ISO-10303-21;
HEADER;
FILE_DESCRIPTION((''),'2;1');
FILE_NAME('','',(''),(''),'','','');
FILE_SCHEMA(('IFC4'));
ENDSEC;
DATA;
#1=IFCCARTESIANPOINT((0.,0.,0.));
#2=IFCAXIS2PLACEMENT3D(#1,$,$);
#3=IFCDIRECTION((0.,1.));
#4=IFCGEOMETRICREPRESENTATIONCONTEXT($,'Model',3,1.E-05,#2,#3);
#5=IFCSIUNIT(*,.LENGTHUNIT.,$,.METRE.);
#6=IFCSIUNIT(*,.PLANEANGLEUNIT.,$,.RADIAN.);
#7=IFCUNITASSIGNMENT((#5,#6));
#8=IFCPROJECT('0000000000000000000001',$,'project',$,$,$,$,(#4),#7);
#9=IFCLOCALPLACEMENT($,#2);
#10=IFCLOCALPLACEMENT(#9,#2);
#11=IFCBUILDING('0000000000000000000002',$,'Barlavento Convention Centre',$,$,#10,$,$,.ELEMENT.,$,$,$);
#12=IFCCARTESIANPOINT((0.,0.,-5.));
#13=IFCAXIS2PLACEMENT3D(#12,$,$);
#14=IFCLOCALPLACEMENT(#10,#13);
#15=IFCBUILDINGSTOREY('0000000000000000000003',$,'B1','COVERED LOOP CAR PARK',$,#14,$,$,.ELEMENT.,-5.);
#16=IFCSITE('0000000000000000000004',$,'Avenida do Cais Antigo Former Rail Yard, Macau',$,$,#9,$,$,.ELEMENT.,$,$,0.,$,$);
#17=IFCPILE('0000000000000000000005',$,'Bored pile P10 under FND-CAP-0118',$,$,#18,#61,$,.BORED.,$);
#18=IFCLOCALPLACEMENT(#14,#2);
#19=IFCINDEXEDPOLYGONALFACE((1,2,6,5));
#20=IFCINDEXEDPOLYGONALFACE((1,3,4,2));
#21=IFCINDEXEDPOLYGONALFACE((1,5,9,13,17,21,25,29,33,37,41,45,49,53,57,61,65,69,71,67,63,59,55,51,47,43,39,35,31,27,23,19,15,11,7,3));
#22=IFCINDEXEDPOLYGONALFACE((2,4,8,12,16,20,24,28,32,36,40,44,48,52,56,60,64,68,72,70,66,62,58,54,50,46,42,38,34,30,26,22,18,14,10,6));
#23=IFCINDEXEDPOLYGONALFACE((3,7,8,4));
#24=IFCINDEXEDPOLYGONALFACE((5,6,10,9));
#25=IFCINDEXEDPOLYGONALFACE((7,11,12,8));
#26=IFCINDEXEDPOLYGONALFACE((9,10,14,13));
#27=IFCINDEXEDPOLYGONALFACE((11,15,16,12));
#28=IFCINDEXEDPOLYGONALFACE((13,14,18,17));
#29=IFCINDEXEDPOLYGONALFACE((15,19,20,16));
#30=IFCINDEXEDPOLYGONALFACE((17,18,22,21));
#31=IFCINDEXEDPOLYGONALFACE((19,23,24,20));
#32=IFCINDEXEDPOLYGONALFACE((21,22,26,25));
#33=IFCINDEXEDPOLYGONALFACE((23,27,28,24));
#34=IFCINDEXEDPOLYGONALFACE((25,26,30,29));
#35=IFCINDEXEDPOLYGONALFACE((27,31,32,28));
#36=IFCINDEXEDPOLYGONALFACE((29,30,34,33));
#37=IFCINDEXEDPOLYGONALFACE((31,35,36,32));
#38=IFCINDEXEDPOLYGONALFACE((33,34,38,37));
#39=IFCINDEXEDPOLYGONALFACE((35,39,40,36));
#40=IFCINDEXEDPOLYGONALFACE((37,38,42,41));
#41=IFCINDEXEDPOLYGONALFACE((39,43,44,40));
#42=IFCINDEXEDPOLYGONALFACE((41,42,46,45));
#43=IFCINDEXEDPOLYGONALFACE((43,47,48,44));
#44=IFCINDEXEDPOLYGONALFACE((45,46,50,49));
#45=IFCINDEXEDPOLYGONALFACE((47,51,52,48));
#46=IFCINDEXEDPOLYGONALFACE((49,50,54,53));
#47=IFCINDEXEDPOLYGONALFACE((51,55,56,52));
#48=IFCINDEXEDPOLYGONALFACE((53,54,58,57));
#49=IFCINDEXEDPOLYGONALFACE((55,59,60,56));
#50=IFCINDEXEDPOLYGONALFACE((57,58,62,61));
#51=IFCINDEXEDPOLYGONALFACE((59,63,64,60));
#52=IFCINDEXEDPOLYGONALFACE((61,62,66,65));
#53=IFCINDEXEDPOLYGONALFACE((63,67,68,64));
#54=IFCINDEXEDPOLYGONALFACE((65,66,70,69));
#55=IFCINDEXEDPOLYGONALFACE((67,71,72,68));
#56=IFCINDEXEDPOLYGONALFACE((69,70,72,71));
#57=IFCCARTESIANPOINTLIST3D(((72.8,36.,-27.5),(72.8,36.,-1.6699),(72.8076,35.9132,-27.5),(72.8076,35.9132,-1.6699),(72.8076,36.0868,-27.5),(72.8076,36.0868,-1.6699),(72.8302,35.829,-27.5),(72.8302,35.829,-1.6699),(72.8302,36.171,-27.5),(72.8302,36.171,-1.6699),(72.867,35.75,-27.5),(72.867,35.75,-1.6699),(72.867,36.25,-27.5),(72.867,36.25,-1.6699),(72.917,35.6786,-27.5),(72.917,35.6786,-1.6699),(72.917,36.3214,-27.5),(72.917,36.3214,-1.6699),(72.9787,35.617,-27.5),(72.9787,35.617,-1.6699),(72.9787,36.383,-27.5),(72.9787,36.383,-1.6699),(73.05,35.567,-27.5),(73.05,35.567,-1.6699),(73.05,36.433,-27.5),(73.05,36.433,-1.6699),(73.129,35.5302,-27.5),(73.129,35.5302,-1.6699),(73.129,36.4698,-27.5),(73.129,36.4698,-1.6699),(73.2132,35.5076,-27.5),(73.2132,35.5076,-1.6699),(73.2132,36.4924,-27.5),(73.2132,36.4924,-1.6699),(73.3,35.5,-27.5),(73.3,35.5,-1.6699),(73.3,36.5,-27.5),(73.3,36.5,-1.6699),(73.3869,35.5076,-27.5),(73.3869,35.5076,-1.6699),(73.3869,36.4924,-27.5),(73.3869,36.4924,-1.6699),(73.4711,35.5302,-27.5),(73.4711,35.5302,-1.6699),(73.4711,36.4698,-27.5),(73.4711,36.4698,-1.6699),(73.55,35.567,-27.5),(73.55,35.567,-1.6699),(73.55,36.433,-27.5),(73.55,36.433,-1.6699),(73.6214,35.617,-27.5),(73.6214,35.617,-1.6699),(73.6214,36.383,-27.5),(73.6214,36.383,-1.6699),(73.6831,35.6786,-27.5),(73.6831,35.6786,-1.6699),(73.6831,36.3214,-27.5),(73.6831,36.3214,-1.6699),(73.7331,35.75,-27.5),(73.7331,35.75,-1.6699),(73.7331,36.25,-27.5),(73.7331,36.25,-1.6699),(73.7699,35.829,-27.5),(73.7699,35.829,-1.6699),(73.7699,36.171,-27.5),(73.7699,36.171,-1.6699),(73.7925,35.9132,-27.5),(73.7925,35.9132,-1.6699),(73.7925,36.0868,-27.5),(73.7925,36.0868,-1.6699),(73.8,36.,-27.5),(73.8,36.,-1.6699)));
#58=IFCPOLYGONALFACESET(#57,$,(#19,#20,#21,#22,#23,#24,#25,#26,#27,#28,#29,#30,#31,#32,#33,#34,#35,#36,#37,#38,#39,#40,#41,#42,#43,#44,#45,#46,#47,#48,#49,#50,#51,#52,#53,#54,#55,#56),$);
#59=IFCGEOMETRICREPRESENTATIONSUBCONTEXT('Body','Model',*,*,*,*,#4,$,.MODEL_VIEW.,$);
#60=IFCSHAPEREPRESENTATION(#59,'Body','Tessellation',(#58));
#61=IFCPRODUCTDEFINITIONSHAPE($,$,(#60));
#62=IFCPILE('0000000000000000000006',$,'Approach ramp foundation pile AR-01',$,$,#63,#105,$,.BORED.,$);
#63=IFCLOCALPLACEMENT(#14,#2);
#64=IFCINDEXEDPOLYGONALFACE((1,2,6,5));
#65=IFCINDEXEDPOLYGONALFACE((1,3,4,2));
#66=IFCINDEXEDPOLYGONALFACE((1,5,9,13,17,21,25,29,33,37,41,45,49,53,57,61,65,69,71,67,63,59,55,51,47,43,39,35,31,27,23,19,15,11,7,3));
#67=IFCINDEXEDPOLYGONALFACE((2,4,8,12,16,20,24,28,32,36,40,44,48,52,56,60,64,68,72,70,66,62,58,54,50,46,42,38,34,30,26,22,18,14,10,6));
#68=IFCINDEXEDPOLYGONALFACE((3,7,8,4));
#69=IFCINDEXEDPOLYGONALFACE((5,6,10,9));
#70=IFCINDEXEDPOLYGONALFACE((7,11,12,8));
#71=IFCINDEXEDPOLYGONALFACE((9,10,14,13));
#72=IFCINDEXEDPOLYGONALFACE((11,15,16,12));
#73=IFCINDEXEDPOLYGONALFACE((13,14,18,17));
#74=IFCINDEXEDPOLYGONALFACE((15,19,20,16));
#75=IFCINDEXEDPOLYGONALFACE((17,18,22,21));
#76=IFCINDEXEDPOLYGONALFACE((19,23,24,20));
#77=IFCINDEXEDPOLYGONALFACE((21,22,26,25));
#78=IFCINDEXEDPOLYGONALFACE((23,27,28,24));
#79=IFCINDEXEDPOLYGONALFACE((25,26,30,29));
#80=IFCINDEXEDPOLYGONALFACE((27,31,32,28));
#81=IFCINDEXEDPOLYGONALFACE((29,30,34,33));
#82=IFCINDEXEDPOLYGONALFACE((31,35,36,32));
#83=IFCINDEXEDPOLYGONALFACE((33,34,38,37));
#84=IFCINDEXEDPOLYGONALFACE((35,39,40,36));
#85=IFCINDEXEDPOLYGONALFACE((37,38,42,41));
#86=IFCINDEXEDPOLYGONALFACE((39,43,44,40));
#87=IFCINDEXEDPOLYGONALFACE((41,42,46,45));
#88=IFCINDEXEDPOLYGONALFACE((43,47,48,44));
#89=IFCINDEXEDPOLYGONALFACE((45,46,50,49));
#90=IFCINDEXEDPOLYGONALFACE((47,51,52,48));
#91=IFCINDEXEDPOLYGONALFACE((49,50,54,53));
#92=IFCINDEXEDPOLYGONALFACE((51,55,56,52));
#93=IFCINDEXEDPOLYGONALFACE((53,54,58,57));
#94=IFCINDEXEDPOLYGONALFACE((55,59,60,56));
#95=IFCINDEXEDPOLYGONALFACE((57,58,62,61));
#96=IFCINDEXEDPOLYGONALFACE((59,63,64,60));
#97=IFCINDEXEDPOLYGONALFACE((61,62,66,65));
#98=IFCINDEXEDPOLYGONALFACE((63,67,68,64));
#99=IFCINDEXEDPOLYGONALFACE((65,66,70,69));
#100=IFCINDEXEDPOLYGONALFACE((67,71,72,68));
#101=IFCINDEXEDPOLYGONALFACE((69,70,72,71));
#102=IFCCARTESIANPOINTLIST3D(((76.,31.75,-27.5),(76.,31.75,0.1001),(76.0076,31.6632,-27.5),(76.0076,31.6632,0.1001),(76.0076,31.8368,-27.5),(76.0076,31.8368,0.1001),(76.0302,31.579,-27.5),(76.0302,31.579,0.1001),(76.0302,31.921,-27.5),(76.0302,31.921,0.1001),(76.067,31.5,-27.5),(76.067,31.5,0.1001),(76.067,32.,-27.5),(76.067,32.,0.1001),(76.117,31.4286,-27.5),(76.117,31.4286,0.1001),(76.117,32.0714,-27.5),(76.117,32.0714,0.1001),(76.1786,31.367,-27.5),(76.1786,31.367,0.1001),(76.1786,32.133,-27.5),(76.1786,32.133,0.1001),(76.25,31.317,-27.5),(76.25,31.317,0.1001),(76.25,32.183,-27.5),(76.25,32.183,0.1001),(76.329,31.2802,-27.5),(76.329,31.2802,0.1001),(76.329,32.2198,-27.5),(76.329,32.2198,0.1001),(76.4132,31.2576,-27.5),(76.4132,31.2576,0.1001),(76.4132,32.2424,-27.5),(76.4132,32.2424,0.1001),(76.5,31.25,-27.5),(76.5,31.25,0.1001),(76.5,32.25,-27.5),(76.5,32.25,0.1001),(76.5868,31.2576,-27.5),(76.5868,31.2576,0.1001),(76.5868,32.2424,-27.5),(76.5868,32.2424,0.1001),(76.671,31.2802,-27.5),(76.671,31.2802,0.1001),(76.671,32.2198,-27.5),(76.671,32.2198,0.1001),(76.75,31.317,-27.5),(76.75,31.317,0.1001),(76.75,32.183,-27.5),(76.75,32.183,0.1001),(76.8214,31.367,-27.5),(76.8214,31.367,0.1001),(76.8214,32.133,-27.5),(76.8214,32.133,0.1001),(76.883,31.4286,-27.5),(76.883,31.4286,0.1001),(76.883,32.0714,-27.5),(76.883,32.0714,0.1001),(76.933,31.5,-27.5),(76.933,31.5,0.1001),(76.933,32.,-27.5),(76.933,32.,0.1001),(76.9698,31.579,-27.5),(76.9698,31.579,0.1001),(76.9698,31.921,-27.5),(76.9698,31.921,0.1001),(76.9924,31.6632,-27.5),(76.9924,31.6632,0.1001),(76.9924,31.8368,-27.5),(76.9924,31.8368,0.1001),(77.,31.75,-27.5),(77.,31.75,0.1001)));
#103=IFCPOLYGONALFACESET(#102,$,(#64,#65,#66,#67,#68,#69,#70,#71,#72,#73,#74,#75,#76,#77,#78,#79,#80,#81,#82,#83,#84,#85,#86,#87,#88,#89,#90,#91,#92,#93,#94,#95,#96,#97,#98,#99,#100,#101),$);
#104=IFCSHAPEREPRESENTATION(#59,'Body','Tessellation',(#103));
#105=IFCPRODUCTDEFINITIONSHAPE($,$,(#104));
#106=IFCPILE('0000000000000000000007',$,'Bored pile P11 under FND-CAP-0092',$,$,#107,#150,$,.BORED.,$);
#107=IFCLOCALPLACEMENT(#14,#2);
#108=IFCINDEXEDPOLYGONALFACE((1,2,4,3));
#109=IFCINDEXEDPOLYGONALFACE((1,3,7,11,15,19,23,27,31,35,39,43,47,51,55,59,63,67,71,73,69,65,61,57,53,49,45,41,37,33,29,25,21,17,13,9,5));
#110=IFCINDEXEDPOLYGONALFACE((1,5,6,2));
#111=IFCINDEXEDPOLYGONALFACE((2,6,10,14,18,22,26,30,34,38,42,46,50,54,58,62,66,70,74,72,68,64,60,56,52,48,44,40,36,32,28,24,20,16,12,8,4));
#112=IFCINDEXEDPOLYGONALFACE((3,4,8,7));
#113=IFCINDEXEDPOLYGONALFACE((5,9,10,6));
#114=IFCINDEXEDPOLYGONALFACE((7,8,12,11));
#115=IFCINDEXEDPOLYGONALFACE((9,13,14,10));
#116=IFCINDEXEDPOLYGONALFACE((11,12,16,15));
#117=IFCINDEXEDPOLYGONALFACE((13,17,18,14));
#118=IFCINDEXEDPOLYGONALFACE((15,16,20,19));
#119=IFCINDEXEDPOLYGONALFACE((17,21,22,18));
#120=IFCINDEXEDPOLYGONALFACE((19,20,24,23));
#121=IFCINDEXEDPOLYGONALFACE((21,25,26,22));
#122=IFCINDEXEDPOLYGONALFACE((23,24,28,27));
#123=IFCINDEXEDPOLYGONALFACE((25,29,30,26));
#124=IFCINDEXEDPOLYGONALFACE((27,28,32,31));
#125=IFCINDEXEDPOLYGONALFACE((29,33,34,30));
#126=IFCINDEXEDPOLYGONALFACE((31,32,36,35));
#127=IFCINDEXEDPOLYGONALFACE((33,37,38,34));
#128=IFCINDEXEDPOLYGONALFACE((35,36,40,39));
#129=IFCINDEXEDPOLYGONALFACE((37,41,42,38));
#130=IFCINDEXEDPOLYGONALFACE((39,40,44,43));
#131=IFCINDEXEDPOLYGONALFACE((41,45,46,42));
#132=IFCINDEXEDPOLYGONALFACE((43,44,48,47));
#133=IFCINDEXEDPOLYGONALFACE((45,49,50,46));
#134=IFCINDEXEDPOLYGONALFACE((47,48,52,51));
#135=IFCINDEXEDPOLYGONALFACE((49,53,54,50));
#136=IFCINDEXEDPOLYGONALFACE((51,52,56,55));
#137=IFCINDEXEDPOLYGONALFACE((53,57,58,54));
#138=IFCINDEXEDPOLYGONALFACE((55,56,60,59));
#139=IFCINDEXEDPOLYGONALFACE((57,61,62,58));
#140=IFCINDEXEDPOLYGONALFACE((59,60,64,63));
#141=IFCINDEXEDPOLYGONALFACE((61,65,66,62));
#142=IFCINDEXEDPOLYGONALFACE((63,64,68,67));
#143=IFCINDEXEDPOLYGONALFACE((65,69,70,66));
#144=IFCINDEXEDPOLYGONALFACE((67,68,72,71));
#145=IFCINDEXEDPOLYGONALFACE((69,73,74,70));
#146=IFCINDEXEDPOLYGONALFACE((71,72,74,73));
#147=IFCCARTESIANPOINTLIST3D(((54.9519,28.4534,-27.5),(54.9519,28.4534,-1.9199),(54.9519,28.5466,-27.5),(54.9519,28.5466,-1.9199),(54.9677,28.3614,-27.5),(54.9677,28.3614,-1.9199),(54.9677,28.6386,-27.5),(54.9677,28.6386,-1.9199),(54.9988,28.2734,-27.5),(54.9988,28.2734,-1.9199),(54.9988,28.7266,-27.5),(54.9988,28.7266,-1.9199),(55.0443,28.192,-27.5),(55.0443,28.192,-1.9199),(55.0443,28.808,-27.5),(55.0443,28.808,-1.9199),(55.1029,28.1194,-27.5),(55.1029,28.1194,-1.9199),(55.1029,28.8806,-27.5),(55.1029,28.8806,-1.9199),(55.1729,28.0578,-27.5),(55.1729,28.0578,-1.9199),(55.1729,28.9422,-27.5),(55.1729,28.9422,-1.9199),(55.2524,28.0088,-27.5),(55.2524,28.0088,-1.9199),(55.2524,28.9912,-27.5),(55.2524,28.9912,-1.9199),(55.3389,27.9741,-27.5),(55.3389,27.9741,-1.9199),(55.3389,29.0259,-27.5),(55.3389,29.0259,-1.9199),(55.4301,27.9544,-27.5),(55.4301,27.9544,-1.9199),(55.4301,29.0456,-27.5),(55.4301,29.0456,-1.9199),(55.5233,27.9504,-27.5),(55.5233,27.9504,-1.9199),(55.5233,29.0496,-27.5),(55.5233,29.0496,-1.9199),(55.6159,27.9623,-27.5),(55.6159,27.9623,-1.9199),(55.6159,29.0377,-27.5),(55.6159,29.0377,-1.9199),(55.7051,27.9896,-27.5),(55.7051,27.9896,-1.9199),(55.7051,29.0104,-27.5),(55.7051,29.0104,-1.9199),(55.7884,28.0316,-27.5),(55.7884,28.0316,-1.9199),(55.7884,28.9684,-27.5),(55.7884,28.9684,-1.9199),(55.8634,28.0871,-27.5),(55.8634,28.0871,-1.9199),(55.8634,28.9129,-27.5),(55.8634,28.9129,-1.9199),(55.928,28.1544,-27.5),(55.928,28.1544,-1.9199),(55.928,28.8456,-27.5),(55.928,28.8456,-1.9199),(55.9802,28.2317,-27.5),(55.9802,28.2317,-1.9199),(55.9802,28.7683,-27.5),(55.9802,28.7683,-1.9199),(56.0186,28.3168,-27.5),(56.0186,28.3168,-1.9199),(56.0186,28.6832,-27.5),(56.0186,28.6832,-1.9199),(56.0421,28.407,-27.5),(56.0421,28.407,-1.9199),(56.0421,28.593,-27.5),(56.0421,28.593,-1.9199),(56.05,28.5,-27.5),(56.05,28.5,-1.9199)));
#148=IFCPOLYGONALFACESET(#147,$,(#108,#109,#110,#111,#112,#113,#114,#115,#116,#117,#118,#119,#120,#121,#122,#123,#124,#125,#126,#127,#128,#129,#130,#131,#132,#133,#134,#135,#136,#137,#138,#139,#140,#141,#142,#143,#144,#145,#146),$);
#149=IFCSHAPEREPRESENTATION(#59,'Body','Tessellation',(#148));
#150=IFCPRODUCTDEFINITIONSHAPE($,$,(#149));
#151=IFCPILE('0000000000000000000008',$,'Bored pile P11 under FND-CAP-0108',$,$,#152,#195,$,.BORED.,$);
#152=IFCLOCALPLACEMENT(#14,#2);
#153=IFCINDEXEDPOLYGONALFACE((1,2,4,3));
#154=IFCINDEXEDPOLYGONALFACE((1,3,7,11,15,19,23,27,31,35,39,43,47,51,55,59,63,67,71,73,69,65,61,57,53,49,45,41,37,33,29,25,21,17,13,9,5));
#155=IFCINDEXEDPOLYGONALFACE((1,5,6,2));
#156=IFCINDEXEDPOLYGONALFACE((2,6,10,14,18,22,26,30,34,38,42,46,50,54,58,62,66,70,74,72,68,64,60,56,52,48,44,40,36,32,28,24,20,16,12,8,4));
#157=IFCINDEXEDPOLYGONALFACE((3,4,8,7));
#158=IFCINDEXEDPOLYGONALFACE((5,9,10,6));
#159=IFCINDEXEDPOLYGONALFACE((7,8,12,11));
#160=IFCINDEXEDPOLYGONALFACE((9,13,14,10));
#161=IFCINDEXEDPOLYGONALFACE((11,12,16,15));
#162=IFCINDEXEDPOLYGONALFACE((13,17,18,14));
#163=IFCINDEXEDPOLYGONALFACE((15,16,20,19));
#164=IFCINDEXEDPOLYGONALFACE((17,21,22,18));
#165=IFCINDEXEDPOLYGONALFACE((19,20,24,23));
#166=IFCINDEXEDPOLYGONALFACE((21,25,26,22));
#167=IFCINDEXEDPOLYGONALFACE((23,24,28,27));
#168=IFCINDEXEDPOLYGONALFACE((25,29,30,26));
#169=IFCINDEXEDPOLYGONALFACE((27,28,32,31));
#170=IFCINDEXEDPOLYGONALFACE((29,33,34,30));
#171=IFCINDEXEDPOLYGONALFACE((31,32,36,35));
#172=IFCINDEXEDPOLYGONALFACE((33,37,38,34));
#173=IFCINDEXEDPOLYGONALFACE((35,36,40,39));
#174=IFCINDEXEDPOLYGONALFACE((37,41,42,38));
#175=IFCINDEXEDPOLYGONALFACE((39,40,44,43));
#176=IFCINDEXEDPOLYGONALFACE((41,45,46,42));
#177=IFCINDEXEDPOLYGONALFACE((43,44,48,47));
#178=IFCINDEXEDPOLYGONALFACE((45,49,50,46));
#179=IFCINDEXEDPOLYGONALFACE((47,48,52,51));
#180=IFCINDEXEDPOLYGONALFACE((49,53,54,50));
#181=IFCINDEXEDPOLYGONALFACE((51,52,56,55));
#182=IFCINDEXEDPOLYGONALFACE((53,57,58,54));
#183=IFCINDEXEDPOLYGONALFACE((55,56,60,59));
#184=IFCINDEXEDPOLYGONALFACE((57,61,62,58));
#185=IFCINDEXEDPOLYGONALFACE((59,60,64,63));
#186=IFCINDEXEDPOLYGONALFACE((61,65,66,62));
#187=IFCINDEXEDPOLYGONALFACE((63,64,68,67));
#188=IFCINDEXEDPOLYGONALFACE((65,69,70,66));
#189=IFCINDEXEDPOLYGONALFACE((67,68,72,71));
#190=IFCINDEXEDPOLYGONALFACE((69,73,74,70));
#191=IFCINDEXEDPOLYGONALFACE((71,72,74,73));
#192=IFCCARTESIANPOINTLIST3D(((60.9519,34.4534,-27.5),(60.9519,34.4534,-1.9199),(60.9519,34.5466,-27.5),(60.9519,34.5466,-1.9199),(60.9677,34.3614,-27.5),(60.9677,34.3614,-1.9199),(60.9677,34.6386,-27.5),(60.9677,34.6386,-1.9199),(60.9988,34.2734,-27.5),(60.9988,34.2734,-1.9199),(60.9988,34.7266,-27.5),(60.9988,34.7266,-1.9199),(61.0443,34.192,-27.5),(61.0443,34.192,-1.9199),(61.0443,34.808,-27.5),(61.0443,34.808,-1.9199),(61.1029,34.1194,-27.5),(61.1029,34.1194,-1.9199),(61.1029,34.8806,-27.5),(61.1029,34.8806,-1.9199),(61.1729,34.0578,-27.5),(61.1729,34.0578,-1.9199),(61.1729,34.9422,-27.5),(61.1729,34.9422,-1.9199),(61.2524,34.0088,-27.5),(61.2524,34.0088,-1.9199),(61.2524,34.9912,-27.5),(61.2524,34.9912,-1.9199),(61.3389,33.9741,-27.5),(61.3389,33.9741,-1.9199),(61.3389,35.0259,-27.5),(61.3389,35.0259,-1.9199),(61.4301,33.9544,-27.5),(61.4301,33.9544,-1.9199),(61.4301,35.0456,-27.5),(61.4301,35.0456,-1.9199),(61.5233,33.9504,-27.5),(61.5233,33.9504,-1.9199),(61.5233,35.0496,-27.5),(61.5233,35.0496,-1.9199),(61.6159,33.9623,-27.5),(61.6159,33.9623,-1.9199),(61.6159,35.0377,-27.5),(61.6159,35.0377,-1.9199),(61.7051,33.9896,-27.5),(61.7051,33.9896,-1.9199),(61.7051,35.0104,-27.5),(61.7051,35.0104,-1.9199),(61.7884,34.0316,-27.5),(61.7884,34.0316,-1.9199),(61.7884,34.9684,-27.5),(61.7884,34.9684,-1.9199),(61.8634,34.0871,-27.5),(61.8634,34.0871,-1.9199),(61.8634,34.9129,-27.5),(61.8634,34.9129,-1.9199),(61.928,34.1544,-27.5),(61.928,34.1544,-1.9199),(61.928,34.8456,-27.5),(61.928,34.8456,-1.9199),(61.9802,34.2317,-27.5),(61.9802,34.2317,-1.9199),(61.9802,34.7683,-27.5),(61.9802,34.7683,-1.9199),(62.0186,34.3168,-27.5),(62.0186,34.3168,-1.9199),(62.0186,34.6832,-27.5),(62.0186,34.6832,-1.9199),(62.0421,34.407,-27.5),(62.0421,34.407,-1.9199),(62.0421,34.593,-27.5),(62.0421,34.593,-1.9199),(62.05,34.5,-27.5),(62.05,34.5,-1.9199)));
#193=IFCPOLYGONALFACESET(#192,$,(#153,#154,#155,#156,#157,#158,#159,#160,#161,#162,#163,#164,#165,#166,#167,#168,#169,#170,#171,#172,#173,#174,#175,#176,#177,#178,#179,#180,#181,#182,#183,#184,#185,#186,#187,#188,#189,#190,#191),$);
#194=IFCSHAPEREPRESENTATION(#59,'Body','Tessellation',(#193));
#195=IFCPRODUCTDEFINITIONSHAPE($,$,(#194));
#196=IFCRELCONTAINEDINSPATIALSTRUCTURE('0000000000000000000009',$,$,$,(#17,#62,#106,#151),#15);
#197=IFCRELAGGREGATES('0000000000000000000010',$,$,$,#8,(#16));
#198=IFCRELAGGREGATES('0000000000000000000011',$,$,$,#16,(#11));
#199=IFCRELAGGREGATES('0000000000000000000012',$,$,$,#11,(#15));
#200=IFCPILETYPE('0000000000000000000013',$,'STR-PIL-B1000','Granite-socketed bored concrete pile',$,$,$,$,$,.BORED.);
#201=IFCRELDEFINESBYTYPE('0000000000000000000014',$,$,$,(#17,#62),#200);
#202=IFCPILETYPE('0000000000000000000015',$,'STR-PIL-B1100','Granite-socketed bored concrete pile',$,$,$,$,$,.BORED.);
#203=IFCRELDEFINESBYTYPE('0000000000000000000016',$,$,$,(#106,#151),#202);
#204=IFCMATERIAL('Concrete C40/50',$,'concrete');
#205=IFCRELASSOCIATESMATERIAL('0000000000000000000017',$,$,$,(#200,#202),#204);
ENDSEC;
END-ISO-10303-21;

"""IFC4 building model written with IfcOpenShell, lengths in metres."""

from ifc_helpers import new_model, si_unit, direction, frame, origin, origin_2d, place, context, subcontext, project, spatial, circle, extrude, material, material_profile, profile_set, type_object, element, save


model = new_model("IFC4")

# Units and contexts
model_context = context("Model", 3, precision=1e-05, world=origin(), true_north=direction((0.0, 1.0)))
body_context = subcontext(model_context, "Body", "Model", "MODEL_VIEW")
ifc_project = project(units=[si_unit("LENGTHUNIT", "METRE"), si_unit("PLANEANGLEUNIT", "RADIAN")], contexts=[model_context])

# Site, building, storey
site_placement = place(None, origin())
site = spatial("IfcSite", under=ifc_project, at=site_placement, Name="Avenida do Cais Antigo Former Rail Yard, Macau", CompositionType="ELEMENT", RefElevation=0.0)
building_placement = place(site_placement, origin())
building = spatial("IfcBuilding", under=site, at=building_placement, Name="Barlavento Convention Centre", CompositionType="ELEMENT")
storey_placement = place(building_placement, frame((0.0, 0.0, -5.0)))
storey = spatial("IfcBuildingStorey", under=building, at=storey_placement, Name="B1", Description="COVERED LOOP CAR PARK", CompositionType="ELEMENT", Elevation=-5.0)

# Shared definitions
ifc_material_1 = material(Name="Concrete C40/50", Category="concrete")

# Piles
ifc_material_profile_1 = material_profile(ifc_material_1, circle(Radius=0.5, at=origin_2d()), Name="BORED PILE 1000")
ifc_profile_set_1 = profile_set([ifc_material_profile_1], Name="Concrete C40/50")
pile_type_1 = type_object("IfcPileType", Name="STR-PIL-B1000", Description="Granite-socketed bored concrete pile", PredefinedType="BORED", material=ifc_profile_set_1)
for number, where, z_axis, x_axis, name in (
    (1, (73.3, 36.0, -1.6699), (0.0, 0.0, -1.0), (1.0, 0.0, 0.0), "Bored pile P10 under FND-CAP-0118"),
):
    element("IfcPile", number, at=place(storey_placement, frame(where, z_axis=z_axis, x_axis=x_axis)), inside=storey, type_object=pile_type_1, Name=name, PredefinedType="BORED", context=body_context, shape_type="SweptSolid", body=[
        extrude(circle(Radius=0.5, at=origin_2d()), origin(), (0.0, 0.0, 1.0), 25.8301),
    ])
pile_1_placement = place(storey_placement, frame((76.5, 31.75, 0.1001), z_axis=(0.0, 0.0, -1.0), x_axis=(1.0, 0.0, 0.0)))
element("IfcPile", 2, at=pile_1_placement, inside=storey, type_object=pile_type_1, Name="Approach ramp foundation pile AR-01", PredefinedType="BORED", context=body_context, shape_type="SweptSolid", body=[
    extrude(circle(Radius=0.5, at=origin_2d()), origin(), (0.0, 0.0, 1.0), 27.6001),
])
ifc_material_profile_2 = material_profile(ifc_material_1, circle(Radius=0.55, at=origin_2d()), Name="BORED PILE 1100")
ifc_profile_set_2 = profile_set([ifc_material_profile_2], Name="Concrete C40/50")
pile_type_2 = type_object("IfcPileType", Name="STR-PIL-B1100", Description="Granite-socketed bored concrete pile", PredefinedType="BORED", material=ifc_profile_set_2)
for number, where, z_axis, x_axis, name in (
    (3, (55.5, 28.5, -1.9199), (0.0, 0.0, -1.0), (1.0, 0.0, 0.0), "Bored pile P11 under FND-CAP-0092"),
    (4, (61.5, 34.5, -1.9199), (0.0, 0.0, -1.0), (1.0, 0.0, 0.0), "Bored pile P11 under FND-CAP-0108"),
):
    element("IfcPile", number, at=place(storey_placement, frame(where, z_axis=z_axis, x_axis=x_axis)), inside=storey, type_object=pile_type_2, Name=name, PredefinedType="BORED", context=body_context, shape_type="SweptSolid", body=[
        extrude(circle(Radius=0.55, at=origin_2d()), origin(), (0.0, 0.0, 1.0), 25.5801),
    ])

save(model, "model.ifc")
